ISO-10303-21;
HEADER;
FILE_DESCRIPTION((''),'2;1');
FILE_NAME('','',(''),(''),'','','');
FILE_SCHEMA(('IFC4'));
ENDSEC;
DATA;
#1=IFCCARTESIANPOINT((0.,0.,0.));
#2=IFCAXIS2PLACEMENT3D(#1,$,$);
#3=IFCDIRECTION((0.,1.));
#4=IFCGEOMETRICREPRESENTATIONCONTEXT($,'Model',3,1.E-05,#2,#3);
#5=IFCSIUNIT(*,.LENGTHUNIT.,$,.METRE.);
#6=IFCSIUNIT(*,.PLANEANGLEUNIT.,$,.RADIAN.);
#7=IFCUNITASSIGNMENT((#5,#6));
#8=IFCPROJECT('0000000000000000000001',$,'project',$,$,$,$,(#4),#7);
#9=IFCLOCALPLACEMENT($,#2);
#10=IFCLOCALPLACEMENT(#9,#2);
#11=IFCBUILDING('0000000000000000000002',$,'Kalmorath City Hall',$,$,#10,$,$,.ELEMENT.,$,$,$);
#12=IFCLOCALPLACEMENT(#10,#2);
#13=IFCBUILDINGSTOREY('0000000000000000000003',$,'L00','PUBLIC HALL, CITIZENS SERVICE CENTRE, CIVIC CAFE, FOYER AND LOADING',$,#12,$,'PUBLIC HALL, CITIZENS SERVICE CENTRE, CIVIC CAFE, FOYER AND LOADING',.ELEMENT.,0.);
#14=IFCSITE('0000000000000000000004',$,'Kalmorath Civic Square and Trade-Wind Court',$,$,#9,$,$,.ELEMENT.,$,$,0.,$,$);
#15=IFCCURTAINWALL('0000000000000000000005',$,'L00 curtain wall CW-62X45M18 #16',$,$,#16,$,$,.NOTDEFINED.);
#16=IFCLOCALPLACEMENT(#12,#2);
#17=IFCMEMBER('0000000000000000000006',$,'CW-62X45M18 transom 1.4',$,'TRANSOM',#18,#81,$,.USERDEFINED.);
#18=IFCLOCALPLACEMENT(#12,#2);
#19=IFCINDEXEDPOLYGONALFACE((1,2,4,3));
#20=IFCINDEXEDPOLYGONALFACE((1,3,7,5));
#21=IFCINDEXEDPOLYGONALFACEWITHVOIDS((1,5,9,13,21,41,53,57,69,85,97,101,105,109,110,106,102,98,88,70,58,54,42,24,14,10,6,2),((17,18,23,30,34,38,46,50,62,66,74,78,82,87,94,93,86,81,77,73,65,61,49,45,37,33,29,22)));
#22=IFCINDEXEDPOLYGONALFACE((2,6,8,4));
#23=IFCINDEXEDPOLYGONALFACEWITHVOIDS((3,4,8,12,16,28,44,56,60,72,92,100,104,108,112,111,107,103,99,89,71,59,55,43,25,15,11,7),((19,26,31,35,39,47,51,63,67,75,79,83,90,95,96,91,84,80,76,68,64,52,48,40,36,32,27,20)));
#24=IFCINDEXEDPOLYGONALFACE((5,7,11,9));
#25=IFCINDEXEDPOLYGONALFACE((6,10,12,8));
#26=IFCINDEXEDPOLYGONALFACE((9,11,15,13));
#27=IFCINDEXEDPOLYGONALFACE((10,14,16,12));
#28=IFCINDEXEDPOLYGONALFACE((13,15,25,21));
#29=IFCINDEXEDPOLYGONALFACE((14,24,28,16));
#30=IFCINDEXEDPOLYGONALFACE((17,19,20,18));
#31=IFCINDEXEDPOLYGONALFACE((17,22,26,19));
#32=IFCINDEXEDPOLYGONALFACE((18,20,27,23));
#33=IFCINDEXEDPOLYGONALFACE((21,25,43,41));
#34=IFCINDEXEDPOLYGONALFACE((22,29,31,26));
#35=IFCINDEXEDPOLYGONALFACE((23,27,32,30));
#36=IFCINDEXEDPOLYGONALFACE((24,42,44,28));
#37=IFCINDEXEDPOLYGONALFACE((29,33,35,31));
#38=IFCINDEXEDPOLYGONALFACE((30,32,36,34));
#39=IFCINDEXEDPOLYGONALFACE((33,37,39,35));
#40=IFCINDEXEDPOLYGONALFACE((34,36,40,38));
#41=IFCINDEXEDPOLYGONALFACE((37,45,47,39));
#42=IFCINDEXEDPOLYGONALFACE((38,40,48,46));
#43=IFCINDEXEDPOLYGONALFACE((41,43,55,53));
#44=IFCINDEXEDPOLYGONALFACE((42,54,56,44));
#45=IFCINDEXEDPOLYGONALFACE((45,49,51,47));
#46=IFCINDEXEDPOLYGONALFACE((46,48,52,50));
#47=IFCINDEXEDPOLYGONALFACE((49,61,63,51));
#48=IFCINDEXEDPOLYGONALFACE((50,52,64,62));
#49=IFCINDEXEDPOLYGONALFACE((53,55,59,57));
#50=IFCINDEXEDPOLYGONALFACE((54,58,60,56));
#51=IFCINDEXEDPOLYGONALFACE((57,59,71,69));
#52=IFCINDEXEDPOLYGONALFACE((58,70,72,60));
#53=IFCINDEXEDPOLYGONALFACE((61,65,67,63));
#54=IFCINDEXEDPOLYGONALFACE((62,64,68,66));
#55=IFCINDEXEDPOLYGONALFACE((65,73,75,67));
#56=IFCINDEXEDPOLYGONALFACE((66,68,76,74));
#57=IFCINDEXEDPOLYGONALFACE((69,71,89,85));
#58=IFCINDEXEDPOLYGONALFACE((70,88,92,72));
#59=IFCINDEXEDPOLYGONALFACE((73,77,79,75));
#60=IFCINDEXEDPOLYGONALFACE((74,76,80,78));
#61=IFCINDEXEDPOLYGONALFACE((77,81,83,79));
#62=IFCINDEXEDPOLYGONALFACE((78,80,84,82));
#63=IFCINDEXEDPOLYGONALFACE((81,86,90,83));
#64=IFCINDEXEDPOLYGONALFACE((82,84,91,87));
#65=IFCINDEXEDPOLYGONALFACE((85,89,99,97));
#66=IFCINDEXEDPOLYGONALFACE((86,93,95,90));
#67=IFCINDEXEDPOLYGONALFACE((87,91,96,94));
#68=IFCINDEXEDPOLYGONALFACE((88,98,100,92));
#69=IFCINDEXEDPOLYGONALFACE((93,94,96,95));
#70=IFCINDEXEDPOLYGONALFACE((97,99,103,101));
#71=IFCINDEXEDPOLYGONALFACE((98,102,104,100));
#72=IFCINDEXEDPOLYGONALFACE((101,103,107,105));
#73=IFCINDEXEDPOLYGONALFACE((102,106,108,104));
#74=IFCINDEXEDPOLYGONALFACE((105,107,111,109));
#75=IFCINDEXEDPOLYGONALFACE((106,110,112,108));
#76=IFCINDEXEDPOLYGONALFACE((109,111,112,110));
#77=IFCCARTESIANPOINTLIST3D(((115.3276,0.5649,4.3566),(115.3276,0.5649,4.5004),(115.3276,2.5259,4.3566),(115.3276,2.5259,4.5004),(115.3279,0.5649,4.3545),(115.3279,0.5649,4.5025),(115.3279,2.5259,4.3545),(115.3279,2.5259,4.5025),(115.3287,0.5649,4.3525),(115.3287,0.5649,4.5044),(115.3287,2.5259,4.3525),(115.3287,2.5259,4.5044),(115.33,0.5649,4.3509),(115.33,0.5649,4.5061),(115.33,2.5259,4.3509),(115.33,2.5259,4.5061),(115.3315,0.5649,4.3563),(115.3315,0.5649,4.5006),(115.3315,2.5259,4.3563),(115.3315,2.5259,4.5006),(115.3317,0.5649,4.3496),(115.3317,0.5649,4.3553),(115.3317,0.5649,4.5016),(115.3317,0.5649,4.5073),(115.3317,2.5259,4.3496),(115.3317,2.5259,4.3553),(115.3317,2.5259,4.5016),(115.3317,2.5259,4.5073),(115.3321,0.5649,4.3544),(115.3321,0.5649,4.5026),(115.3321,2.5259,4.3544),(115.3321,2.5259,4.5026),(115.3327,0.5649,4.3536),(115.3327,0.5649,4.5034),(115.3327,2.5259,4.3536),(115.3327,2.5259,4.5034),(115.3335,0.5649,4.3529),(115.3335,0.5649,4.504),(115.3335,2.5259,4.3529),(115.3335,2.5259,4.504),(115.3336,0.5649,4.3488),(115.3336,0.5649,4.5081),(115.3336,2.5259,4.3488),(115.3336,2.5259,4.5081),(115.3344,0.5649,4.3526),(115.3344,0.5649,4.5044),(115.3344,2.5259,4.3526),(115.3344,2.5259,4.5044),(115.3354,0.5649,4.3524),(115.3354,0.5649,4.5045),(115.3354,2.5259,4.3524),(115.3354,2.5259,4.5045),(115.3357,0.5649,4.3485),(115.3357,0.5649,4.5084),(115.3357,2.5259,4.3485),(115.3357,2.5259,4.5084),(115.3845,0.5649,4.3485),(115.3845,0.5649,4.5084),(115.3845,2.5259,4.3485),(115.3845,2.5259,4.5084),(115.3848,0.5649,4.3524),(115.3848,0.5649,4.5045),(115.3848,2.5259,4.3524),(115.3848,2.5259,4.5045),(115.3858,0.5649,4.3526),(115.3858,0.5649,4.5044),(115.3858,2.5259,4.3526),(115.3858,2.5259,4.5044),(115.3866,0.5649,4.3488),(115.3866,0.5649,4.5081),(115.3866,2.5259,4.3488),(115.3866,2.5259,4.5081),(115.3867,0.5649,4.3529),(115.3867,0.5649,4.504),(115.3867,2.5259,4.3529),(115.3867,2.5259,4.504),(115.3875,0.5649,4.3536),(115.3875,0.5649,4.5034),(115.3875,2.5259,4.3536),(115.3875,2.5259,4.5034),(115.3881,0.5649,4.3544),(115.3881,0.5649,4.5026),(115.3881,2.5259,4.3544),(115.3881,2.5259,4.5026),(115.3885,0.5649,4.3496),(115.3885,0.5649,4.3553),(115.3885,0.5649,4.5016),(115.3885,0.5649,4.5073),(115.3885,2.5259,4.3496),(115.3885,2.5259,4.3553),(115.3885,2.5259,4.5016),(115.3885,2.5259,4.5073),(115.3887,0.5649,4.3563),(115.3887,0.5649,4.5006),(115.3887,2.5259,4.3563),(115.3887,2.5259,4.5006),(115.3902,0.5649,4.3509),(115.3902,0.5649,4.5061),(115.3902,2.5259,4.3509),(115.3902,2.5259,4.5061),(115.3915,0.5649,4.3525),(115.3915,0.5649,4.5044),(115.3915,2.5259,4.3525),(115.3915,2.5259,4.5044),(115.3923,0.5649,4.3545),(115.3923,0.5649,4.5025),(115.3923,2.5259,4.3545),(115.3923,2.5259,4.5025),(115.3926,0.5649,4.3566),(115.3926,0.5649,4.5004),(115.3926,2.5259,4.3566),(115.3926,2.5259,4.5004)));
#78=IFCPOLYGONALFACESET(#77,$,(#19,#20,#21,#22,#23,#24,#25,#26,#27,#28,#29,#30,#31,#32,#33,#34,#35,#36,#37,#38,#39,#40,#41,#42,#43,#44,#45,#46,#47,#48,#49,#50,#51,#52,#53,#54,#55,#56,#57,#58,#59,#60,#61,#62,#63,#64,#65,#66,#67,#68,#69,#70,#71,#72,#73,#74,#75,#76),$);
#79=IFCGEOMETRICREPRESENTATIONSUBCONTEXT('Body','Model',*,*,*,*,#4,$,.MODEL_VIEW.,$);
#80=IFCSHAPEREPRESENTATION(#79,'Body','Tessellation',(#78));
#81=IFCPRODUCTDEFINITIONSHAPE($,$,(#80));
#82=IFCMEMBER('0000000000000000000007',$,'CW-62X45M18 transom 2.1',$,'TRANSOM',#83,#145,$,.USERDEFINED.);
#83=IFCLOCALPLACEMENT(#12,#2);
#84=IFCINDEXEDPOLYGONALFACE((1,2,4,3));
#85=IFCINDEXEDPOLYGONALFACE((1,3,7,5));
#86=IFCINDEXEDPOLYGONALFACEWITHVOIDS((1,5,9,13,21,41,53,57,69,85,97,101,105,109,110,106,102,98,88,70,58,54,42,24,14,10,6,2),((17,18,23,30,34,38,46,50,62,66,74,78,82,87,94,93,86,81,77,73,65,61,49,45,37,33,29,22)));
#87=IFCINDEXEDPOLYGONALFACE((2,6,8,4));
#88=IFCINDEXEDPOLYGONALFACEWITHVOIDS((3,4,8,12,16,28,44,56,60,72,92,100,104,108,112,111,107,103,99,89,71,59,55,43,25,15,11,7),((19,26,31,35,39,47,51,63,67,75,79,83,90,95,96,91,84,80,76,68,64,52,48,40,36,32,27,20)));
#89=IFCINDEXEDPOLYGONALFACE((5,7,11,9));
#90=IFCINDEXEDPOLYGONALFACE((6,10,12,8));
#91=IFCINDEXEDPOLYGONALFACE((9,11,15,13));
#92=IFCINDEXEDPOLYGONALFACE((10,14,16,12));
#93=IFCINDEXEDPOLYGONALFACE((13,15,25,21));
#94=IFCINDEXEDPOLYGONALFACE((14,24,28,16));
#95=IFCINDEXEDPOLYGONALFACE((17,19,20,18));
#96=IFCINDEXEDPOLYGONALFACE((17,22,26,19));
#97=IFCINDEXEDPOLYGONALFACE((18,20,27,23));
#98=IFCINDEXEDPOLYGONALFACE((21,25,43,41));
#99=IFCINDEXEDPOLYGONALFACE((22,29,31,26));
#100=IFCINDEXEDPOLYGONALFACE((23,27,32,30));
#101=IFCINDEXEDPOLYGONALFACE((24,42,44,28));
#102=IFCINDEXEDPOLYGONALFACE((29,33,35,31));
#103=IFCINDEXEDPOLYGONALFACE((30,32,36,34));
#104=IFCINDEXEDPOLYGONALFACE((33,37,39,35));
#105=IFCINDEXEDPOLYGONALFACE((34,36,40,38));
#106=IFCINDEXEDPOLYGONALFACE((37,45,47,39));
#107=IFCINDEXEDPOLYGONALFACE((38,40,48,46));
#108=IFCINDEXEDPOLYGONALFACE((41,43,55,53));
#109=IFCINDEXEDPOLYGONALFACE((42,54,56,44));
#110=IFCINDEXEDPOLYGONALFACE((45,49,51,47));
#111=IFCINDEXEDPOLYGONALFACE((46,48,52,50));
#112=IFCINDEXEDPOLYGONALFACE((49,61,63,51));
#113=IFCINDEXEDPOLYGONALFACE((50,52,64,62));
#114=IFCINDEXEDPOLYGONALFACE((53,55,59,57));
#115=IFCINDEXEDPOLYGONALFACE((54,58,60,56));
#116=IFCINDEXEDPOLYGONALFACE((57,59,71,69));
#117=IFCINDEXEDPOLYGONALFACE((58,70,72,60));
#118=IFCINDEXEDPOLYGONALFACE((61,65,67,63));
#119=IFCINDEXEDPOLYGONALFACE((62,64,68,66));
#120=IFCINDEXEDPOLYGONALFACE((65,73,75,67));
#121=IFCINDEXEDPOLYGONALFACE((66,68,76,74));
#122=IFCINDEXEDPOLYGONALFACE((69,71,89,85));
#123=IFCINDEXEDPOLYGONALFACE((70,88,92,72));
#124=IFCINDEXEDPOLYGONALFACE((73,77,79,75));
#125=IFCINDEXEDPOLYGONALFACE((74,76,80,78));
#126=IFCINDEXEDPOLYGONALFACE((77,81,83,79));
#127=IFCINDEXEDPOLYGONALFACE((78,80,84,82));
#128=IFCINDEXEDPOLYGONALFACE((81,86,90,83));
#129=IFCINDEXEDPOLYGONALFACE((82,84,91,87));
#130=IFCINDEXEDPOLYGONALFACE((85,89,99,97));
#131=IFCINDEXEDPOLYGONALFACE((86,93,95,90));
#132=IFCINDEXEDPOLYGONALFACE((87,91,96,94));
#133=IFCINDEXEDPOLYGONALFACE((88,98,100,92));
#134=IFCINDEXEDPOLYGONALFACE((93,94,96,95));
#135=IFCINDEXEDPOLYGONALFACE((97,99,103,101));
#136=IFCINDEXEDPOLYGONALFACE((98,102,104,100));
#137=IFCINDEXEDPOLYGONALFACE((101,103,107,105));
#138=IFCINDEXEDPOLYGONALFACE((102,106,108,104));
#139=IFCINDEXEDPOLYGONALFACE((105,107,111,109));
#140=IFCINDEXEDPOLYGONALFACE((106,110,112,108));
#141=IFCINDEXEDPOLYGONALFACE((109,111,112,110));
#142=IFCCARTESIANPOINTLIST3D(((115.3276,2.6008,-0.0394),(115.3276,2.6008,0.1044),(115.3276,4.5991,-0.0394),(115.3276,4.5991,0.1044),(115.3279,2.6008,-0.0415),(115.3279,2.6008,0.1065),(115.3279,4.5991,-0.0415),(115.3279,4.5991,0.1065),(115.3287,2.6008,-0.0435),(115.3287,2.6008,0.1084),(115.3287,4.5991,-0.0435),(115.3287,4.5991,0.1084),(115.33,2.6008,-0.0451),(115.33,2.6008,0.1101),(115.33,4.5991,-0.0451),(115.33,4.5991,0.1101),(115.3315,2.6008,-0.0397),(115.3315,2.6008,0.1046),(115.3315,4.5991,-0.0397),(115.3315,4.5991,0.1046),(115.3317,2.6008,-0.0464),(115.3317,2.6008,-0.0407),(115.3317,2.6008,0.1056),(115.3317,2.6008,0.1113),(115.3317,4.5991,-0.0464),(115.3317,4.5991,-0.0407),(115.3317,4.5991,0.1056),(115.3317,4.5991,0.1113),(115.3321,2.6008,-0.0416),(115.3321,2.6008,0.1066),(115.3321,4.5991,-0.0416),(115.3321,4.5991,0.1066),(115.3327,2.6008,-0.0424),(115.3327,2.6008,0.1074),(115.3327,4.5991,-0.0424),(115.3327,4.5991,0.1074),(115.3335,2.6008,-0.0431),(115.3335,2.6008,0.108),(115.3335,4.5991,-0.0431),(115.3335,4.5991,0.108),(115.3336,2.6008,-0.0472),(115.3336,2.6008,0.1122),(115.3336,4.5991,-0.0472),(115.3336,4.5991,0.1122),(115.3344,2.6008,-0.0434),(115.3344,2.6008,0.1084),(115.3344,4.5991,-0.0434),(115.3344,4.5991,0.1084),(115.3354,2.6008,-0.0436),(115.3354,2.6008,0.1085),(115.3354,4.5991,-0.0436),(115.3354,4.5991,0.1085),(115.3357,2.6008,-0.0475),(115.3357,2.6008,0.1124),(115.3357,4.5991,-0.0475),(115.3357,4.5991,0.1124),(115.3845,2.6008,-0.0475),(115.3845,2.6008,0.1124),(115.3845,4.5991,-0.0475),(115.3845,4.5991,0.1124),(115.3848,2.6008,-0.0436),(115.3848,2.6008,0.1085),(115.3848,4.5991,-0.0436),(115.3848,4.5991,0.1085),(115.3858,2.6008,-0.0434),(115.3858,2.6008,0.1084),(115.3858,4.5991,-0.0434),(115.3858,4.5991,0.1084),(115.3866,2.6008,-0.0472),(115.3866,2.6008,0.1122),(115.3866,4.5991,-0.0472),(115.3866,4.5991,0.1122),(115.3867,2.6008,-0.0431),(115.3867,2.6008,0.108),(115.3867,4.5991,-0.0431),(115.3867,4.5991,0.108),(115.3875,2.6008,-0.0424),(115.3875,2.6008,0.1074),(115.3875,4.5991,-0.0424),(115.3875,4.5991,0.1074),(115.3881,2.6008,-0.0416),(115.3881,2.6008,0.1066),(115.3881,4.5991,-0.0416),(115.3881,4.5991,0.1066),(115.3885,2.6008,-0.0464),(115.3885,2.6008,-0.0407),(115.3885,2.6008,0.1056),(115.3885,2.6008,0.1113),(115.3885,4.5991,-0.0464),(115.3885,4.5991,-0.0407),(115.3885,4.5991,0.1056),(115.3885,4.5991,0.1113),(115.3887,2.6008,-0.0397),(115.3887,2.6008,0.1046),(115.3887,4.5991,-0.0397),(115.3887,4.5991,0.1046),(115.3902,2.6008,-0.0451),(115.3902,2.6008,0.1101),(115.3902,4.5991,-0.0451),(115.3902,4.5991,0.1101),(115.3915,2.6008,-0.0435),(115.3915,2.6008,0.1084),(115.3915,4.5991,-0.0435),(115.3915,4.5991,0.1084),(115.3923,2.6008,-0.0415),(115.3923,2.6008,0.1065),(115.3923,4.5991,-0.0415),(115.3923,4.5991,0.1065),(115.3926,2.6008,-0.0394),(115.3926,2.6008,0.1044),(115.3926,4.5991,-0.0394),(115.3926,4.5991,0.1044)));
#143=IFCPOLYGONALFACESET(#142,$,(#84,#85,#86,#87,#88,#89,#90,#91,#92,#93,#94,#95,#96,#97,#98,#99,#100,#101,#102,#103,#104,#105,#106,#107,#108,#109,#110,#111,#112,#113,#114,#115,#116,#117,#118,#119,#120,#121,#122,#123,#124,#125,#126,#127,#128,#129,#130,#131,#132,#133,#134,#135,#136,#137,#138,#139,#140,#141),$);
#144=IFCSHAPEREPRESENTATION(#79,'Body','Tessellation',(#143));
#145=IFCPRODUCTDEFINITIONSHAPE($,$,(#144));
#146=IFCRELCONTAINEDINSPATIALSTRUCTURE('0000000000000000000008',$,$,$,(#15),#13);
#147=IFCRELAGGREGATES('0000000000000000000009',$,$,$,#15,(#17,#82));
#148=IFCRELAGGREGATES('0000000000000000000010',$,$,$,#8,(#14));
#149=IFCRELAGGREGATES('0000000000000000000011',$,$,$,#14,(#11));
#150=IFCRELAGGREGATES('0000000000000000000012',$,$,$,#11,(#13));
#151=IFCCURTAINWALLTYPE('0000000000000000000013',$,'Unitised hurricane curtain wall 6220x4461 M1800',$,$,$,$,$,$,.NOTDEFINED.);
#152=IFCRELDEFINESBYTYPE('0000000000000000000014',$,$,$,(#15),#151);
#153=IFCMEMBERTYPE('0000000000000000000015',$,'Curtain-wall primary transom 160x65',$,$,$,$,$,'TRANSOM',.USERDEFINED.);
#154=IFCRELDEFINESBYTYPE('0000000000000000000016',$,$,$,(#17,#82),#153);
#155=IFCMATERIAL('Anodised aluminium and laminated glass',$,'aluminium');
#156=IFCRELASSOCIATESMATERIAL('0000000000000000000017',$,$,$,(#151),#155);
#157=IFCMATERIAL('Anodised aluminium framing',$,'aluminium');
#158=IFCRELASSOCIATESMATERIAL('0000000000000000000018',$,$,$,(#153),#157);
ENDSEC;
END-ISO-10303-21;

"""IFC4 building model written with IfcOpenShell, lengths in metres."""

from ifc_helpers import new_model, si_unit, direction, frame, origin, origin_2d, place, context, subcontext, project, spatial, hollow_rectangle, extrude, material, material_profile, profile_set, type_object, element, aggregate, save


model = new_model("IFC4")

# Units and contexts
model_context = context("Model", 3, precision=1e-05, world=origin(), true_north=direction((0.0, 1.0)))
body_context = subcontext(model_context, "Body", "Model", "MODEL_VIEW")
ifc_project = project(units=[si_unit("LENGTHUNIT", "METRE"), si_unit("PLANEANGLEUNIT", "RADIAN")], contexts=[model_context])

# Site, building, storey
site_placement = place(None, origin())
site = spatial("IfcSite", under=ifc_project, at=site_placement, Name="Kalmorath Civic Square and Trade-Wind Court", CompositionType="ELEMENT", RefElevation=0.0)
building_placement = place(site_placement, origin())
building = spatial("IfcBuilding", under=site, at=building_placement, Name="Kalmorath City Hall", CompositionType="ELEMENT")
storey_placement = place(building_placement, origin())
storey = spatial("IfcBuildingStorey", under=building, at=storey_placement, Name="L00", Description="PUBLIC HALL, CITIZENS SERVICE CENTRE, CIVIC CAFE, FOYER AND LOADING", LongName="PUBLIC HALL, CITIZENS SERVICE CENTRE, CIVIC CAFE, FOYER AND LOADING", CompositionType="ELEMENT", Elevation=0.0)

# Curtain wall
ifc_material_1 = material(Name="Anodised aluminium and laminated glass", Category="aluminium")
curtain_wall_type_1 = type_object("IfcCurtainWallType", Name="Unitised hurricane curtain wall 6220x4461 M1800", PredefinedType="NOTDEFINED", material=ifc_material_1)
curtain_wall_1_placement = place(storey_placement, origin())
curtain_wall_1 = element("IfcCurtainWall", 1, at=curtain_wall_1_placement, inside=storey, type_object=curtain_wall_type_1, Name="L00 curtain wall CW-62X45M18 #16", PredefinedType="NOTDEFINED")

# Members
ifc_material_2 = material(Name="Anodised aluminium framing", Category="aluminium")
ifc_material_profile_1 = material_profile(ifc_material_2, hollow_rectangle(XDim=0.0649, YDim=0.1599, WallThickness=0.0039, InnerFilletRadius=0.0039, OuterFilletRadius=0.0081, at=origin_2d()), Name="ALU-TRN-160X65X4")
ifc_profile_set_1 = profile_set([ifc_material_profile_1], Name="Anodised aluminium framing")
member_type_1 = type_object("IfcMemberType", Name="Curtain-wall primary transom 160x65", ElementType="TRANSOM", PredefinedType="USERDEFINED", material=ifc_profile_set_1)
member_1_placement = place(storey_placement, frame((115.3601, 0.5649, 4.4285), z_axis=(0.0, 1.0, 0.0), x_axis=(-1.0, 0.0, 0.0)))
member_1 = element("IfcMember", 2, at=member_1_placement, type_object=member_type_1, Name="CW-62X45M18 transom 1.4", ObjectType="TRANSOM", PredefinedType="USERDEFINED", context=body_context, shape_type="SweptSolid", body=[
    extrude(hollow_rectangle(XDim=0.0649, YDim=0.1599, WallThickness=0.0039, InnerFilletRadius=0.0039, OuterFilletRadius=0.0081, at=origin_2d()), origin(), (0.0, 0.0, 1.0), 1.9609),
])
member_2_placement = place(storey_placement, frame((115.3601, 2.6008, 0.0325), z_axis=(0.0, 1.0, 0.0), x_axis=(-1.0, 0.0, 0.0)))
member_2 = element("IfcMember", 3, at=member_2_placement, type_object=member_type_1, Name="CW-62X45M18 transom 2.1", ObjectType="TRANSOM", PredefinedType="USERDEFINED", context=body_context, shape_type="SweptSolid", body=[
    extrude(hollow_rectangle(XDim=0.0649, YDim=0.1599, WallThickness=0.0039, InnerFilletRadius=0.0039, OuterFilletRadius=0.0081, at=origin_2d()), origin(), (0.0, 0.0, 1.0), 1.9983),
])

aggregate(curtain_wall_1, [member_1, member_2])

save(model, "model.ifc")
